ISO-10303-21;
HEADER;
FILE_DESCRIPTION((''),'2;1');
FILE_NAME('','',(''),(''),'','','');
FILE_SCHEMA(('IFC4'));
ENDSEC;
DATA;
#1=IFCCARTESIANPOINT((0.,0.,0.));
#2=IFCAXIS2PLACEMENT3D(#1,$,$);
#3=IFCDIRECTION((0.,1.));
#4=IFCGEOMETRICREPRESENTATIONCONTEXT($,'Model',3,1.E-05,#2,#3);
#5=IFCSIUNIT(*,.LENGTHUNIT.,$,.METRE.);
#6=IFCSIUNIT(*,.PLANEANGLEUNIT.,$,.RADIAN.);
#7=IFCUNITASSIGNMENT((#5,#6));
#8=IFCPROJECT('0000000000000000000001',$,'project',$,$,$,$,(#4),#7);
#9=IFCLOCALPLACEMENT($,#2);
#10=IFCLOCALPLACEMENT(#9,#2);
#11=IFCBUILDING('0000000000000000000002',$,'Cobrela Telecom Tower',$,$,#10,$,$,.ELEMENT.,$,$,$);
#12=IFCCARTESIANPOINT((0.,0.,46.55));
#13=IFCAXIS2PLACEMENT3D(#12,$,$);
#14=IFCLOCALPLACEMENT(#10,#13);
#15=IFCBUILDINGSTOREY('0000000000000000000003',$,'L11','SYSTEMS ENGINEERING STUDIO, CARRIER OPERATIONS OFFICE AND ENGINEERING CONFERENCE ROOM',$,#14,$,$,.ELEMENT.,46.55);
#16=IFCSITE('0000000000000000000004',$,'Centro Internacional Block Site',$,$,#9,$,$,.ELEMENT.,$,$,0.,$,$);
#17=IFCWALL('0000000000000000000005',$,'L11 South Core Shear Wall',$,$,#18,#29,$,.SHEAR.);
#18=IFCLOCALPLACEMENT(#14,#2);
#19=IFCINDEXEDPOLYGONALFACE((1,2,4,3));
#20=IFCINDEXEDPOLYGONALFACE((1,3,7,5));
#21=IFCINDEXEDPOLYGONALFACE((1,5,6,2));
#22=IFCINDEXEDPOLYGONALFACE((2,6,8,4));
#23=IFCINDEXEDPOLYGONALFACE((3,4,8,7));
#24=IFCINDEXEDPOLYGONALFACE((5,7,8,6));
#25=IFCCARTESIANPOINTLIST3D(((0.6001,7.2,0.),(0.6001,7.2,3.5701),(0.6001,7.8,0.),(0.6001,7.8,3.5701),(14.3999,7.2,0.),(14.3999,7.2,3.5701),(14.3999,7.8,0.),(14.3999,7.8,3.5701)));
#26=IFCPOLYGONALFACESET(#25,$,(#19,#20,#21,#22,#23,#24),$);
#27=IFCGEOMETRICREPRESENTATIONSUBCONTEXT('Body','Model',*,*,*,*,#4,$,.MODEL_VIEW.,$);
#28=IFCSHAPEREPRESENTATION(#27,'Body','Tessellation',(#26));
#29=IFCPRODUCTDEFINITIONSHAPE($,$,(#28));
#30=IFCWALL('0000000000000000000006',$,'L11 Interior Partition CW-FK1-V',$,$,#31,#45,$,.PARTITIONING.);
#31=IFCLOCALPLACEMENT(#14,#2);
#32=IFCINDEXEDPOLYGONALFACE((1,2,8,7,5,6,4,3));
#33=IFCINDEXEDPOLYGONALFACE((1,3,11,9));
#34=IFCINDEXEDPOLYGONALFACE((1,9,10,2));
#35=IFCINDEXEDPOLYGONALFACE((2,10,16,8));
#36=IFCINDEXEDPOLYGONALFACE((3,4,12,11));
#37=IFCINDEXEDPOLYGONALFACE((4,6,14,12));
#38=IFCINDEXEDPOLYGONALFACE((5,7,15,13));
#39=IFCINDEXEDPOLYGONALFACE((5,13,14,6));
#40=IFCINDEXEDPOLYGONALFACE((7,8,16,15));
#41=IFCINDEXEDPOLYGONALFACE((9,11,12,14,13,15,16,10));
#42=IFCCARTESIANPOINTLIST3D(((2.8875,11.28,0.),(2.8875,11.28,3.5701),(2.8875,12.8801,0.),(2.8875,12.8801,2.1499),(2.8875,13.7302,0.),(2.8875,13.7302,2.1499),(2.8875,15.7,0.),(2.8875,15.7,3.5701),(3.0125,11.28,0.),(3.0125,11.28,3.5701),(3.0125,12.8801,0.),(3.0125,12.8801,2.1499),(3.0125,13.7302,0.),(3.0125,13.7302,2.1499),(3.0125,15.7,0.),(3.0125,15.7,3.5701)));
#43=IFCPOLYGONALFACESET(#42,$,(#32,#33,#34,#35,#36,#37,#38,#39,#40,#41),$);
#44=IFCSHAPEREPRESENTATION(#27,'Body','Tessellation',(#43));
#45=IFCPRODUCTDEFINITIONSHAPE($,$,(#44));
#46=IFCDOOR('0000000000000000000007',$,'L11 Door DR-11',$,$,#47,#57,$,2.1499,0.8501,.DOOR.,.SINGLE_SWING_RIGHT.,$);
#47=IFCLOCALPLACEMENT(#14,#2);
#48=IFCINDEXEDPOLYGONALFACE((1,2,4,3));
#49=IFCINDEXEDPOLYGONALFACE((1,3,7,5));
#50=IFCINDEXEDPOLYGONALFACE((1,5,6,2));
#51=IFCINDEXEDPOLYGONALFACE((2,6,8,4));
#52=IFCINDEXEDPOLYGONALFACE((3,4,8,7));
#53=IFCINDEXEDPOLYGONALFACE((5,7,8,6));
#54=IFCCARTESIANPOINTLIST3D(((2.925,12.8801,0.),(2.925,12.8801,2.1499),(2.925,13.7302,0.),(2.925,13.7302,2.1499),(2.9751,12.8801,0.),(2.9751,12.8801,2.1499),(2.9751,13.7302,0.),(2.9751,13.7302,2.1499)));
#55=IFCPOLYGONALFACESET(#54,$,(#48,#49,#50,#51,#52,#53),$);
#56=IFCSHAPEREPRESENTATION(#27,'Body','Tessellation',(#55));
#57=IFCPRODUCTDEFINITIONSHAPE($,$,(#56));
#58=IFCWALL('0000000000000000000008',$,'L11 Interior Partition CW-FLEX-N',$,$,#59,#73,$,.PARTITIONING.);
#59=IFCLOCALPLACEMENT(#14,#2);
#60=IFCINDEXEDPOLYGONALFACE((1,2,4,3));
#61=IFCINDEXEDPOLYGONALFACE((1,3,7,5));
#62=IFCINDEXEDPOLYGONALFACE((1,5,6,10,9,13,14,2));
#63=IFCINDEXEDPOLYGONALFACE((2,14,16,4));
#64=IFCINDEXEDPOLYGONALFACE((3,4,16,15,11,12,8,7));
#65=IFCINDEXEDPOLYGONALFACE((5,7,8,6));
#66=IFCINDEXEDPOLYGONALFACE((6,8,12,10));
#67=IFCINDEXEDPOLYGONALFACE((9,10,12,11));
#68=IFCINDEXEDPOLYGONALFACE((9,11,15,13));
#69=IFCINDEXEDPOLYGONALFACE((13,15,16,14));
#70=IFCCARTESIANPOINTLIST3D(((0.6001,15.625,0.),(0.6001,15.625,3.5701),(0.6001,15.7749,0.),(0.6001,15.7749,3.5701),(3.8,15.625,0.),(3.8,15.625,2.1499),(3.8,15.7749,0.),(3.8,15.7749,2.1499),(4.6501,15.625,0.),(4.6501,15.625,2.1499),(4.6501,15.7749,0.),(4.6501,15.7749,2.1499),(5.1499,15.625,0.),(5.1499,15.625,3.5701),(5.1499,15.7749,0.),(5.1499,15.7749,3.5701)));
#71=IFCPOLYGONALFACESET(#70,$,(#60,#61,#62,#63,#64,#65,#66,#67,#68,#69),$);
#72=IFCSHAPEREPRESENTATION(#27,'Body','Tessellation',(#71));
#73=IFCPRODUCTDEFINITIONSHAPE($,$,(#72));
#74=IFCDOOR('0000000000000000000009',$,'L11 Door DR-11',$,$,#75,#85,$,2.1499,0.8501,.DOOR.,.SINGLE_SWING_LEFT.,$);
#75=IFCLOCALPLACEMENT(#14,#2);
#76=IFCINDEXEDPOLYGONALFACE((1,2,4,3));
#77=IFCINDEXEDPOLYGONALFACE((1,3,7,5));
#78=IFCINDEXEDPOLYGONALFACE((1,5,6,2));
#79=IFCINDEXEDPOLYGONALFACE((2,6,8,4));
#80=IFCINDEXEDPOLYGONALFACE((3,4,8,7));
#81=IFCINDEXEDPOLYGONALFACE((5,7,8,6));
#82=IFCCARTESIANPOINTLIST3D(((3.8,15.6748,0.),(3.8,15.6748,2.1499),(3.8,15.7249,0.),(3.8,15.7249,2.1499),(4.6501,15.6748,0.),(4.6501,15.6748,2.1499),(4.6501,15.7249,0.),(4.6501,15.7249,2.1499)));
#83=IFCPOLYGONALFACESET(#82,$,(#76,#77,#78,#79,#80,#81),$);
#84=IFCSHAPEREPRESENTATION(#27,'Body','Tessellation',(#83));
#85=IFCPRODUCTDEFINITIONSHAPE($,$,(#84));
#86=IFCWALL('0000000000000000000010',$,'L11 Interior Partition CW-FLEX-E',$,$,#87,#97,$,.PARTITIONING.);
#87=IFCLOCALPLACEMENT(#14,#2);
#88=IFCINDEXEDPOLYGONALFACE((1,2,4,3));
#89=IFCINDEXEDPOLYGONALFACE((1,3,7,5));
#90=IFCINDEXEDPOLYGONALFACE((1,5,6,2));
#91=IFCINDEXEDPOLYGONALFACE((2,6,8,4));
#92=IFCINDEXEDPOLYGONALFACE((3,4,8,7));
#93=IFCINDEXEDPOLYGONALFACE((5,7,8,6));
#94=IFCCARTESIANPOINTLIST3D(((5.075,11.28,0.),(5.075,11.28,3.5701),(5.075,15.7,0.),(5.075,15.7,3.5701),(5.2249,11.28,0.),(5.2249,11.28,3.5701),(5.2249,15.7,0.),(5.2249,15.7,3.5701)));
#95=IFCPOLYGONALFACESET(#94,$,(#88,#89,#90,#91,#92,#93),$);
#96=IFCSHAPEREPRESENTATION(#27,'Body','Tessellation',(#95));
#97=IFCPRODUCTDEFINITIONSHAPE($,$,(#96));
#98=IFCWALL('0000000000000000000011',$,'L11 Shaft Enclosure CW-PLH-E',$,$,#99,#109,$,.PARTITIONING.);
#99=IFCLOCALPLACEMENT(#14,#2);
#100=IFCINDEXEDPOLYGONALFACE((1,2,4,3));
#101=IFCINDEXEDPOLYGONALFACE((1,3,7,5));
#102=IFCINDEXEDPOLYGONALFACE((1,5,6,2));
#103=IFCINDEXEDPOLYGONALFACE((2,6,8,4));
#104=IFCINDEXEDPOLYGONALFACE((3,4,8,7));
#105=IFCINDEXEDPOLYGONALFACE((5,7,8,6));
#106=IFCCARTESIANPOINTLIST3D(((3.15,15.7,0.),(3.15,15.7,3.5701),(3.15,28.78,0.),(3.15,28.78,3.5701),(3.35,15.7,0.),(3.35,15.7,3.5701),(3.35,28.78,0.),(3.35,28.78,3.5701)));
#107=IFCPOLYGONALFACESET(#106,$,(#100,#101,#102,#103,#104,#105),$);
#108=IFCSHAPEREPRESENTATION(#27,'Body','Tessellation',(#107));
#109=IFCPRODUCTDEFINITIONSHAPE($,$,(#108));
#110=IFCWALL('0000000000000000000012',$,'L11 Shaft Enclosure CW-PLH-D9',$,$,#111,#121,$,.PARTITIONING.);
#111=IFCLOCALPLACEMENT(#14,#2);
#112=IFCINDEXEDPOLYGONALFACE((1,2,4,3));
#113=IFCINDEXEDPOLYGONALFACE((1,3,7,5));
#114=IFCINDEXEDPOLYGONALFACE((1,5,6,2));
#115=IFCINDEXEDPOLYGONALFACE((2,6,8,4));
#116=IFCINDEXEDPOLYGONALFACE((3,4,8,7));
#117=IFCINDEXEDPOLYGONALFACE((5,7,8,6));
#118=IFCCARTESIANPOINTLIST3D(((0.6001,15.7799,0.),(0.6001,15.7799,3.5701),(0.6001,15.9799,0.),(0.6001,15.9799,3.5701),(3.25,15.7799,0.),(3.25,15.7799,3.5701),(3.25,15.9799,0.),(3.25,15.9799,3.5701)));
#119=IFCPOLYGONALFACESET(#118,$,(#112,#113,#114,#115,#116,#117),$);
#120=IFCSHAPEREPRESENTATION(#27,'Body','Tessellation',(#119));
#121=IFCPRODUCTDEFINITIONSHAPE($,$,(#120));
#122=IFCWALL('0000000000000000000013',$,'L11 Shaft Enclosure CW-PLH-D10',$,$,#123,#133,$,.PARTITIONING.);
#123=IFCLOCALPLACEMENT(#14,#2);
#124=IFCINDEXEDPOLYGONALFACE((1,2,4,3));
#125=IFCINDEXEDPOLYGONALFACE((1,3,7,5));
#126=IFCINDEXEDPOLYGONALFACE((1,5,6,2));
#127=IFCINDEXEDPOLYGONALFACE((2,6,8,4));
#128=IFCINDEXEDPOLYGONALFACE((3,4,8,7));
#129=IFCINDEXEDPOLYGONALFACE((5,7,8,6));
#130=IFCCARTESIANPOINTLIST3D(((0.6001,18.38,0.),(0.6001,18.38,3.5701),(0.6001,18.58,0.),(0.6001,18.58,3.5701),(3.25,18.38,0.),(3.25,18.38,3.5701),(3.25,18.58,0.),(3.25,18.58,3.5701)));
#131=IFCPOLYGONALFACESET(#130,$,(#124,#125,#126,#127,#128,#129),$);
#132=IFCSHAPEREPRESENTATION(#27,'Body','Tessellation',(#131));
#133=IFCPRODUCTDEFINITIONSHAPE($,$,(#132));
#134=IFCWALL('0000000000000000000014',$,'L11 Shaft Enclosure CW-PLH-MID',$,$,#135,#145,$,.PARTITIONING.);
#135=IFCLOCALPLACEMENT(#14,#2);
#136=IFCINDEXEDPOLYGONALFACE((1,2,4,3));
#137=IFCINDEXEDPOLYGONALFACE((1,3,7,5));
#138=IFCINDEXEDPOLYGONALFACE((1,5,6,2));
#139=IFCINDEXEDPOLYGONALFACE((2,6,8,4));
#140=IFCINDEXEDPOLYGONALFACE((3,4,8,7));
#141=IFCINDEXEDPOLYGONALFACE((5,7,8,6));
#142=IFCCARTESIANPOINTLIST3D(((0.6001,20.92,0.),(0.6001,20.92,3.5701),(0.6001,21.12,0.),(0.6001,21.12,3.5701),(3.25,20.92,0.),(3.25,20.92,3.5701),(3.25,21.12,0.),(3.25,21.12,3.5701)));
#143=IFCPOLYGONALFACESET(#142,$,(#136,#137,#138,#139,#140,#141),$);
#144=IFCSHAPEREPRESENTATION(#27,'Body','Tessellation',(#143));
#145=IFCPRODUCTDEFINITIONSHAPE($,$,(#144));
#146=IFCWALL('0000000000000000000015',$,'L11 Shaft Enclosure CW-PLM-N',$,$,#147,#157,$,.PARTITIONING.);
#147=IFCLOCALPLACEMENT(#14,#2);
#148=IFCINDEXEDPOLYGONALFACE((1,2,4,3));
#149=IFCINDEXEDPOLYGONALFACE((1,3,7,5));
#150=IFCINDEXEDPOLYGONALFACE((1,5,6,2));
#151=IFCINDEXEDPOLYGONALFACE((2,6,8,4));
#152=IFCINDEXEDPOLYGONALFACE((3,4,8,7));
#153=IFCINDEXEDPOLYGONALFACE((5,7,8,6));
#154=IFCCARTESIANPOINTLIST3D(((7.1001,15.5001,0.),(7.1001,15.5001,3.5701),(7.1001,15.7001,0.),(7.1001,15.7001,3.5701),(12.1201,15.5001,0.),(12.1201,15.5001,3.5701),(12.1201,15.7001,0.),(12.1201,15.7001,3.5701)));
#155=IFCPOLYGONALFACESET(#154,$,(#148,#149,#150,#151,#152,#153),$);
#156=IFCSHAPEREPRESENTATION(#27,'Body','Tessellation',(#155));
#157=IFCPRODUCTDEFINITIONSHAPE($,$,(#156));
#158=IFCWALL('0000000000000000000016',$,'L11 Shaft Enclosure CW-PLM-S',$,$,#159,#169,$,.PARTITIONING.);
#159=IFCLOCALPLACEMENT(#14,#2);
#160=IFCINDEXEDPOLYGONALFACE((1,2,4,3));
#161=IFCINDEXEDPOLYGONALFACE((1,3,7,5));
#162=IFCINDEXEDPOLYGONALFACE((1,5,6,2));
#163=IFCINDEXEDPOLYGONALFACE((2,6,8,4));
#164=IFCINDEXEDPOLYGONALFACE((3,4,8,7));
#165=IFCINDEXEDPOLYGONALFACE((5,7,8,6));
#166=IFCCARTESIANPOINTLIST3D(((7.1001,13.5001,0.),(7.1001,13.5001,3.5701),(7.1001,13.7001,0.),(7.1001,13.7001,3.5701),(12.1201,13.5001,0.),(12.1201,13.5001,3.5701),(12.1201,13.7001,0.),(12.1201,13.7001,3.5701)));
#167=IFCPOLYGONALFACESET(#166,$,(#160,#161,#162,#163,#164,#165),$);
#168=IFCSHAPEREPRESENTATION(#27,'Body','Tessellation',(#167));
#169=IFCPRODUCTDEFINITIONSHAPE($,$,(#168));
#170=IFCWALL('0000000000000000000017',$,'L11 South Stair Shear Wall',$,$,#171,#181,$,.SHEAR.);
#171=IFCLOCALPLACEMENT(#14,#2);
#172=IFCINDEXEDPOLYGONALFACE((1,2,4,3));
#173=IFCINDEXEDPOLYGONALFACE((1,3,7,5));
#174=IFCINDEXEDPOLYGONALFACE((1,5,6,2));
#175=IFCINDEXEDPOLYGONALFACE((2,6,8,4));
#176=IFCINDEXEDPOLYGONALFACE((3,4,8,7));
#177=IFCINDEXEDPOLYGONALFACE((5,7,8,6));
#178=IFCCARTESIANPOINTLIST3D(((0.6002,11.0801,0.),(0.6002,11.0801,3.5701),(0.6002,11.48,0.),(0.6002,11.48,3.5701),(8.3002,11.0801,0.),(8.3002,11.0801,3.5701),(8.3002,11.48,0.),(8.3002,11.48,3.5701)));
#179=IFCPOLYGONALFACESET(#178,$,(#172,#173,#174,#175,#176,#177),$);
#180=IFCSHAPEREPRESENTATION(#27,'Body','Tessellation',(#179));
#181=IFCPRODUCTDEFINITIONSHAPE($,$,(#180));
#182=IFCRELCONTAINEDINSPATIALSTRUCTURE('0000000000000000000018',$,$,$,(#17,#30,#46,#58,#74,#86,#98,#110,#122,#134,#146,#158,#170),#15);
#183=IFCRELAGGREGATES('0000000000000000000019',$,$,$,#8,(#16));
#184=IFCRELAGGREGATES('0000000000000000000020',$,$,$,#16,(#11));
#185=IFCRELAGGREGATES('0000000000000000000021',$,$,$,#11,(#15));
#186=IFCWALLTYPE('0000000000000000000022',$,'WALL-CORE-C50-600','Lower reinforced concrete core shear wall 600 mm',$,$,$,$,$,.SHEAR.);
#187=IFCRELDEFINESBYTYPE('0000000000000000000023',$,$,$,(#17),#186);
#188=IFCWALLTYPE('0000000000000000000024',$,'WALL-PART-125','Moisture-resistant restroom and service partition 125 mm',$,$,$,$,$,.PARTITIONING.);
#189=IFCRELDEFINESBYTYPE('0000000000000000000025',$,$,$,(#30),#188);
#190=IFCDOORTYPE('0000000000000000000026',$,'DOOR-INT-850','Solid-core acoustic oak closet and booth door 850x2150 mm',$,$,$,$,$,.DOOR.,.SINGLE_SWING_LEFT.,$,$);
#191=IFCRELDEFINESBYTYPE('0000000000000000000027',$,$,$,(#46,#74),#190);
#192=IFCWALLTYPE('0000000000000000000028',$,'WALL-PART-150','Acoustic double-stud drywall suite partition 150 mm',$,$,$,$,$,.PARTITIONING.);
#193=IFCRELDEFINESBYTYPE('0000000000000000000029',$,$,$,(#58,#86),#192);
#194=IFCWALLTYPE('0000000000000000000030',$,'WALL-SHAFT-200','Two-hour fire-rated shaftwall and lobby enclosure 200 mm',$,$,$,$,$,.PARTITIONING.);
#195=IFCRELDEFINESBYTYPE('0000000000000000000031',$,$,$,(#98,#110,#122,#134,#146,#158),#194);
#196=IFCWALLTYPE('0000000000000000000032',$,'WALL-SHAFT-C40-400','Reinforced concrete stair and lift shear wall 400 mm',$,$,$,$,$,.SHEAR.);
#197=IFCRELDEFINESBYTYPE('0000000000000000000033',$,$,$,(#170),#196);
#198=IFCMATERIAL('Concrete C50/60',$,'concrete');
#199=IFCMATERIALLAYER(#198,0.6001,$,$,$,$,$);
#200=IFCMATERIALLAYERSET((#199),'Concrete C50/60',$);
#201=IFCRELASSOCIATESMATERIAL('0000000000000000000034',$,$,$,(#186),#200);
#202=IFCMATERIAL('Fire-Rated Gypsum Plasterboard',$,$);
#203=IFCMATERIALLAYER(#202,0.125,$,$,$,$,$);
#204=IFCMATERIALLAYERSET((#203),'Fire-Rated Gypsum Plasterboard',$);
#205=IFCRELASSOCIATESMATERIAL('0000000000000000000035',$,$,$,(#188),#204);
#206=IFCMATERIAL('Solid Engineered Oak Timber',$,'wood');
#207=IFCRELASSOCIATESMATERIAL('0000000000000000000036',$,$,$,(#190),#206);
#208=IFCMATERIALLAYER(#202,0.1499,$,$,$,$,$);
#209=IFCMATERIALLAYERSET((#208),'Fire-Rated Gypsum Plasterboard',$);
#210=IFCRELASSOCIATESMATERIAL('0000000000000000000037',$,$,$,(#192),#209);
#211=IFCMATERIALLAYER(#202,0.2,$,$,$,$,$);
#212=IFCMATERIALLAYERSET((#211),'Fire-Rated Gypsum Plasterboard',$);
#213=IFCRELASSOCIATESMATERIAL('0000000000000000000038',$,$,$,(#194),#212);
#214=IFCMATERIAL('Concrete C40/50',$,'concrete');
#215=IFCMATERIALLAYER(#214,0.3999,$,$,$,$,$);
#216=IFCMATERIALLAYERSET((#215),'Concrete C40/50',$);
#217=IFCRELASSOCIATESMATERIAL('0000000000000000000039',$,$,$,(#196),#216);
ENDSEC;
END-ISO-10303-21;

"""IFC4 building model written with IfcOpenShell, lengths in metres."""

from ifc_helpers import new_model, si_unit, direction, frame, frame_2d, origin, place, context, subcontext, project, spatial, rectangle, extrude, material, layer, layer_set, type_object, element, fill, save


model = new_model("IFC4")

# Units and contexts
model_context = context("Model", 3, precision=1e-05, world=origin(), true_north=direction((0.0, 1.0)))
body_context = subcontext(model_context, "Body", "Model", "MODEL_VIEW")
ifc_project = project(units=[si_unit("LENGTHUNIT", "METRE"), si_unit("PLANEANGLEUNIT", "RADIAN")], contexts=[model_context])

# Site, building, storey
site_placement = place(None, origin())
site = spatial("IfcSite", under=ifc_project, at=site_placement, Name="Centro Internacional Block Site", CompositionType="ELEMENT", RefElevation=0.0)
building_placement = place(site_placement, origin())
building = spatial("IfcBuilding", under=site, at=building_placement, Name="Cobrela Telecom Tower", CompositionType="ELEMENT")
storey_placement = place(building_placement, frame((0.0, 0.0, 46.55)))
storey = spatial("IfcBuildingStorey", under=building, at=storey_placement, Name="L11", Description="SYSTEMS ENGINEERING STUDIO, CARRIER OPERATIONS OFFICE AND ENGINEERING CONFERENCE ROOM", CompositionType="ELEMENT", Elevation=46.55)

# Wall
ifc_material_1 = material(Name="Concrete C50/60", Category="concrete")
ifc_layer_1 = layer(ifc_material_1, 0.6001)
ifc_layer_set_1 = layer_set([ifc_layer_1], Name="Concrete C50/60")
wall_type_1 = type_object("IfcWallType", Name="WALL-CORE-C50-600", Description="Lower reinforced concrete core shear wall 600 mm", PredefinedType="SHEAR", material=ifc_layer_set_1)
wall_1_placement = place(storey_placement, frame((0.6001, 7.5, 0.0), z_axis=(0.0, 0.0, 1.0), x_axis=(1.0, 0.0, 0.0)))
element("IfcWall", 1, at=wall_1_placement, inside=storey, type_object=wall_type_1, Name="L11 South Core Shear Wall", PredefinedType="SHEAR", context=body_context, shape_type="SweptSolid", body=[
    extrude(rectangle(XDim=13.7998, YDim=0.6001, at=frame_2d((6.8999, 0.0))), origin(), (0.0, 0.0, 1.0), 3.5701),
])

# Walls, openings, doors
ifc_material_2 = material(Name="Fire-Rated Gypsum Plasterboard")
ifc_layer_2 = layer(ifc_material_2, 0.125)
ifc_layer_set_2 = layer_set([ifc_layer_2], Name="Fire-Rated Gypsum Plasterboard")
wall_type_2 = type_object("IfcWallType", Name="WALL-PART-125", Description="Moisture-resistant restroom and service partition 125 mm", PredefinedType="PARTITIONING", material=ifc_layer_set_2)
wall_2_placement = place(storey_placement, frame((2.95, 11.28, 0.0), z_axis=(0.0, 0.0, 1.0), x_axis=(0.0, 1.0, 0.0)))
wall_2 = element("IfcWall", 2, at=wall_2_placement, inside=storey, type_object=wall_type_2, Name="L11 Interior Partition CW-FK1-V", PredefinedType="PARTITIONING", context=body_context, shape_type="SweptSolid", body=[
    extrude(rectangle(XDim=4.4199, YDim=0.125, at=frame_2d((2.21, 0.0))), origin(), (0.0, 0.0, 1.0), 3.5701),
])
opening_1_placement = place(wall_2_placement, frame((1.6001, 0.0, 0.0)))
opening_1 = element("IfcOpeningElement", 3, at=opening_1_placement, cuts=wall_2, PredefinedType="OPENING", context=body_context, shape_type="SweptSolid", body=[
    extrude(rectangle(XDim=0.8501, YDim=2.1499, at=frame_2d((0.425, 1.075))), frame((0.0, 0.0745, 0.0), z_axis=(0.0, -1.0, 0.0), x_axis=(1.0, 0.0, 0.0)), (0.0, 0.0, 1.0), 0.1489),
])
ifc_material_3 = material(Name="Solid Engineered Oak Timber", Category="wood")
door_type = type_object("IfcDoorType", Name="DOOR-INT-850", Description="Solid-core acoustic oak closet and booth door 850x2150 mm", OperationType="SINGLE_SWING_LEFT", PredefinedType="DOOR", material=ifc_material_3)
door_1_placement = place(opening_1_placement, origin())
door_1 = element("IfcDoor", 4, at=door_1_placement, inside=storey, type_object=door_type, Name="L11 Door DR-11", OperationType="SINGLE_SWING_RIGHT", OverallHeight=2.1499, OverallWidth=0.8501, PredefinedType="DOOR", context=body_context, shape_type="SweptSolid", body=[
    extrude(rectangle(XDim=0.8501, YDim=2.1499, at=frame_2d((0.425, 1.075))), frame((0.0, 0.0249, 0.0), z_axis=(0.0, -1.0, 0.0), x_axis=(1.0, 0.0, 0.0)), (0.0, 0.0, 1.0), 0.05),
])
fill(opening_1, door_1)
ifc_layer_3 = layer(ifc_material_2, 0.1499)
ifc_layer_set_3 = layer_set([ifc_layer_3], Name="Fire-Rated Gypsum Plasterboard")
wall_type_3 = type_object("IfcWallType", Name="WALL-PART-150", Description="Acoustic double-stud drywall suite partition 150 mm", PredefinedType="PARTITIONING", material=ifc_layer_set_3)
wall_3_placement = place(storey_placement, frame((0.6001, 15.7, 0.0), z_axis=(0.0, 0.0, 1.0), x_axis=(1.0, 0.0, 0.0)))
wall_3 = element("IfcWall", 5, at=wall_3_placement, inside=storey, type_object=wall_type_3, Name="L11 Interior Partition CW-FLEX-N", PredefinedType="PARTITIONING", context=body_context, shape_type="SweptSolid", body=[
    extrude(rectangle(XDim=4.5498, YDim=0.1499, at=frame_2d((2.2749, 0.0))), origin(), (0.0, 0.0, 1.0), 3.5701),
])
opening_2_placement = place(wall_3_placement, frame((3.2, 0.0, 0.0)))
opening_2 = element("IfcOpeningElement", 6, at=opening_2_placement, cuts=wall_3, PredefinedType="OPENING", context=body_context, shape_type="SweptSolid", body=[
    extrude(rectangle(XDim=0.8501, YDim=2.1499, at=frame_2d((0.425, 1.075))), frame((0.0, 0.0869, 0.0), z_axis=(0.0, -1.0, 0.0), x_axis=(1.0, 0.0, 0.0)), (0.0, 0.0, 1.0), 0.1738),
])
door_2_placement = place(opening_2_placement, origin())
door_2 = element("IfcDoor", 7, at=door_2_placement, inside=storey, type_object=door_type, Name="L11 Door DR-11", OperationType="SINGLE_SWING_LEFT", OverallHeight=2.1499, OverallWidth=0.8501, PredefinedType="DOOR", context=body_context, shape_type="SweptSolid", body=[
    extrude(rectangle(XDim=0.8501, YDim=2.1499, at=frame_2d((0.425, 1.075))), frame((0.0, 0.0249, 0.0), z_axis=(0.0, -1.0, 0.0), x_axis=(1.0, 0.0, 0.0)), (0.0, 0.0, 1.0), 0.05),
])
fill(opening_2, door_2)

# Walls
wall_4_placement = place(storey_placement, frame((5.1499, 11.28, 0.0), z_axis=(0.0, 0.0, 1.0), x_axis=(0.0, 1.0, 0.0)))
element("IfcWall", 8, at=wall_4_placement, inside=storey, type_object=wall_type_3, Name="L11 Interior Partition CW-FLEX-E", PredefinedType="PARTITIONING", context=body_context, shape_type="SweptSolid", body=[
    extrude(rectangle(XDim=4.4199, YDim=0.1499, at=frame_2d((2.21, 0.0))), origin(), (0.0, 0.0, 1.0), 3.5701),
])
ifc_layer_4 = layer(ifc_material_2, 0.2)
ifc_layer_set_4 = layer_set([ifc_layer_4], Name="Fire-Rated Gypsum Plasterboard")
wall_type_4 = type_object("IfcWallType", Name="WALL-SHAFT-200", Description="Two-hour fire-rated shaftwall and lobby enclosure 200 mm", PredefinedType="PARTITIONING", material=ifc_layer_set_4)
wall_5_placement = place(storey_placement, frame((3.25, 15.7, 0.0), z_axis=(0.0, 0.0, 1.0), x_axis=(0.0, 1.0, 0.0)))
element("IfcWall", 9, at=wall_5_placement, inside=storey, type_object=wall_type_4, Name="L11 Shaft Enclosure CW-PLH-E", PredefinedType="PARTITIONING", context=body_context, shape_type="SweptSolid", body=[
    extrude(rectangle(XDim=13.0801, YDim=0.2, at=frame_2d((6.54, 0.0))), origin(), (0.0, 0.0, 1.0), 3.5701),
])
for number, where, z_axis, x_axis, name in (
    (10, (0.6001, 15.8799, 0.0), (0.0, 0.0, 1.0), (1.0, 0.0, 0.0), "L11 Shaft Enclosure CW-PLH-D9"),
    (11, (0.6001, 18.48, 0.0), (0.0, 0.0, 1.0), (1.0, 0.0, 0.0), "L11 Shaft Enclosure CW-PLH-D10"),
    (12, (0.6001, 21.02, 0.0), (0.0, 0.0, 1.0), (1.0, 0.0, 0.0), "L11 Shaft Enclosure CW-PLH-MID"),
):
    element("IfcWall", number, at=place(storey_placement, frame(where, z_axis=z_axis, x_axis=x_axis)), inside=storey, type_object=wall_type_4, Name=name, PredefinedType="PARTITIONING", context=body_context, shape_type="SweptSolid", body=[
        extrude(rectangle(XDim=2.6499, YDim=0.2, at=frame_2d((1.325, 0.0))), origin(), (0.0, 0.0, 1.0), 3.5701),
    ])
for number, where, z_axis, x_axis, name in (
    (13, (7.1001, 15.6001, 0.0), (0.0, 0.0, 1.0), (1.0, 0.0, 0.0), "L11 Shaft Enclosure CW-PLM-N"),
    (14, (7.1001, 13.6001, 0.0), (0.0, 0.0, 1.0), (1.0, 0.0, 0.0), "L11 Shaft Enclosure CW-PLM-S"),
):
    element("IfcWall", number, at=place(storey_placement, frame(where, z_axis=z_axis, x_axis=x_axis)), inside=storey, type_object=wall_type_4, Name=name, PredefinedType="PARTITIONING", context=body_context, shape_type="SweptSolid", body=[
        extrude(rectangle(XDim=5.02, YDim=0.2, at=frame_2d((2.51, 0.0))), origin(), (0.0, 0.0, 1.0), 3.5701),
    ])
ifc_material_4 = material(Name="Concrete C40/50", Category="concrete")
ifc_layer_5 = layer(ifc_material_4, 0.3999)
ifc_layer_set_5 = layer_set([ifc_layer_5], Name="Concrete C40/50")
wall_type_5 = type_object("IfcWallType", Name="WALL-SHAFT-C40-400", Description="Reinforced concrete stair and lift shear wall 400 mm", PredefinedType="SHEAR", material=ifc_layer_set_5)
wall_6_placement = place(storey_placement, frame((0.6001, 11.28, 0.0), z_axis=(0.0, 0.0, 1.0), x_axis=(1.0, 0.0, 0.0)))
element("IfcWall", 15, at=wall_6_placement, inside=storey, type_object=wall_type_5, Name="L11 South Stair Shear Wall", PredefinedType="SHEAR", context=body_context, shape_type="SweptSolid", body=[
    extrude(rectangle(XDim=7.7, YDim=0.3999, at=frame_2d((3.8501, 0.0))), origin(), (0.0, 0.0, 1.0), 3.5701),
])

save(model, "model.ifc")
